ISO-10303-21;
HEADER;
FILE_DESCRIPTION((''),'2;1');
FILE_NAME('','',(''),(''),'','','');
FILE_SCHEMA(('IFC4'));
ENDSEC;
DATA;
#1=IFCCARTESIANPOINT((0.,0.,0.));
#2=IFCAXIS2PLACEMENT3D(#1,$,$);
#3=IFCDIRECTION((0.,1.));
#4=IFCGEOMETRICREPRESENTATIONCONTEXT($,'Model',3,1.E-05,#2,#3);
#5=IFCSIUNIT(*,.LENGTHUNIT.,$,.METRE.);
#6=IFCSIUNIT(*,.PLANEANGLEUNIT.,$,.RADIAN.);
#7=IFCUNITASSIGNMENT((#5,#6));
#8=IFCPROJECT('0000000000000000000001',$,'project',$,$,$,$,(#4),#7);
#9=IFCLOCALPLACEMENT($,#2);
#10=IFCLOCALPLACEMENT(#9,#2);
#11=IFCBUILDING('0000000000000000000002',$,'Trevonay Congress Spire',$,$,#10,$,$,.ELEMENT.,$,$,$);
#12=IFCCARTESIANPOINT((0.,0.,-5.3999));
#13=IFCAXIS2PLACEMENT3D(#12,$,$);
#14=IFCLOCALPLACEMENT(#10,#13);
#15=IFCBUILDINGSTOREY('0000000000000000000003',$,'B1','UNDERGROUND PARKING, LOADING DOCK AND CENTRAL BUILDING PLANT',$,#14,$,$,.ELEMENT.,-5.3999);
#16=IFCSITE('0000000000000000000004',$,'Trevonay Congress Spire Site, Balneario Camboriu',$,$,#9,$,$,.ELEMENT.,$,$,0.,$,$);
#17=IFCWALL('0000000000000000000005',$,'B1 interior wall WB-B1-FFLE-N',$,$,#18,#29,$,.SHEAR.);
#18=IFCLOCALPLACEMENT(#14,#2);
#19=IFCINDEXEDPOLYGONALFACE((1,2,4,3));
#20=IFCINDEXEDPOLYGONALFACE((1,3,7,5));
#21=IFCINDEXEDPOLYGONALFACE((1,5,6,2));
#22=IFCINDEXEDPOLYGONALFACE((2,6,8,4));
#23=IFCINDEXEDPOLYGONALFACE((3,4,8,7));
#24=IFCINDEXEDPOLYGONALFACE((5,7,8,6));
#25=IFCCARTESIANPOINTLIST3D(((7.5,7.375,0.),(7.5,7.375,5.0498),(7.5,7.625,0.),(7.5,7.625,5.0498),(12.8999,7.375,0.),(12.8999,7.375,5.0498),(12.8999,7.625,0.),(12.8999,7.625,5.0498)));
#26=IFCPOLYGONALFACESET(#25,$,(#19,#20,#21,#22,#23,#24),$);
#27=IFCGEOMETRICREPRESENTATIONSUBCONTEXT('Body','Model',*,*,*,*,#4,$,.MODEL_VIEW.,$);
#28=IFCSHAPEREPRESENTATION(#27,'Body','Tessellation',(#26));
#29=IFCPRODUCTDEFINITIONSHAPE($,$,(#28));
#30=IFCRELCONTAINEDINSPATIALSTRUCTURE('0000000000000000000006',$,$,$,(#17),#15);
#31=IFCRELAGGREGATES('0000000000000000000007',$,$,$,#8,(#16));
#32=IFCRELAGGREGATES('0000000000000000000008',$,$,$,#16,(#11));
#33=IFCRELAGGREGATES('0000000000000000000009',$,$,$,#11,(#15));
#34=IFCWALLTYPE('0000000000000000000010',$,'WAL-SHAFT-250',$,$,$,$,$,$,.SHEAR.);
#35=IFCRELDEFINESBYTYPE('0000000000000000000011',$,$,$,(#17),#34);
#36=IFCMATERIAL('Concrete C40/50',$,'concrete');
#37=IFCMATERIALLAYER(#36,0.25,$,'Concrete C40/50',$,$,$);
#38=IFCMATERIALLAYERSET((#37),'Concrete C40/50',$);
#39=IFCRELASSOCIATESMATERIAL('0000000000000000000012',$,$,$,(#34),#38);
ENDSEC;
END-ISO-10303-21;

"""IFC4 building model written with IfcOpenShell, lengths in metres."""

from ifc_helpers import new_model, si_unit, direction, frame, frame_2d, origin, place, context, subcontext, project, spatial, rectangle, extrude, material, layer, layer_set, type_object, element, save


model = new_model("IFC4")

# Units and contexts
model_context = context("Model", 3, precision=1e-05, world=origin(), true_north=direction((0.0, 1.0)))
body_context = subcontext(model_context, "Body", "Model", "MODEL_VIEW")
ifc_project = project(units=[si_unit("LENGTHUNIT", "METRE"), si_unit("PLANEANGLEUNIT", "RADIAN")], contexts=[model_context])

# Site, building, storey
site_placement = place(None, origin())
site = spatial("IfcSite", under=ifc_project, at=site_placement, Name="Trevonay Congress Spire Site, Balneario Camboriu", CompositionType="ELEMENT", RefElevation=0.0)
building_placement = place(site_placement, origin())
building = spatial("IfcBuilding", under=site, at=building_placement, Name="Trevonay Congress Spire", CompositionType="ELEMENT")
storey_placement = place(building_placement, frame((0.0, 0.0, -5.3999)))
storey = spatial("IfcBuildingStorey", under=building, at=storey_placement, Name="B1", Description="UNDERGROUND PARKING, LOADING DOCK AND CENTRAL BUILDING PLANT", CompositionType="ELEMENT", Elevation=-5.3999)

# Shared definitions
ifc_material_1 = material(Name="Concrete C40/50", Category="concrete")

# Wall
ifc_layer_1 = layer(ifc_material_1, 0.25, Name="Concrete C40/50")
ifc_layer_set_1 = layer_set([ifc_layer_1], Name="Concrete C40/50")
wall_type_1 = type_object("IfcWallType", Name="WAL-SHAFT-250", PredefinedType="SHEAR", material=ifc_layer_set_1)
wall_1_placement = place(storey_placement, frame((7.5, 7.5, 0.0), z_axis=(0.0, 0.0, 1.0), x_axis=(1.0, 0.0, 0.0)))
element("IfcWall", 1, at=wall_1_placement, inside=storey, type_object=wall_type_1, Name="B1 interior wall WB-B1-FFLE-N", PredefinedType="SHEAR", context=body_context, shape_type="SweptSolid", body=[
    extrude(rectangle(XDim=5.3999, YDim=0.25, at=frame_2d((2.7, 0.0))), origin(), (0.0, 0.0, 1.0), 5.0498),
])

save(model, "model.ifc")
